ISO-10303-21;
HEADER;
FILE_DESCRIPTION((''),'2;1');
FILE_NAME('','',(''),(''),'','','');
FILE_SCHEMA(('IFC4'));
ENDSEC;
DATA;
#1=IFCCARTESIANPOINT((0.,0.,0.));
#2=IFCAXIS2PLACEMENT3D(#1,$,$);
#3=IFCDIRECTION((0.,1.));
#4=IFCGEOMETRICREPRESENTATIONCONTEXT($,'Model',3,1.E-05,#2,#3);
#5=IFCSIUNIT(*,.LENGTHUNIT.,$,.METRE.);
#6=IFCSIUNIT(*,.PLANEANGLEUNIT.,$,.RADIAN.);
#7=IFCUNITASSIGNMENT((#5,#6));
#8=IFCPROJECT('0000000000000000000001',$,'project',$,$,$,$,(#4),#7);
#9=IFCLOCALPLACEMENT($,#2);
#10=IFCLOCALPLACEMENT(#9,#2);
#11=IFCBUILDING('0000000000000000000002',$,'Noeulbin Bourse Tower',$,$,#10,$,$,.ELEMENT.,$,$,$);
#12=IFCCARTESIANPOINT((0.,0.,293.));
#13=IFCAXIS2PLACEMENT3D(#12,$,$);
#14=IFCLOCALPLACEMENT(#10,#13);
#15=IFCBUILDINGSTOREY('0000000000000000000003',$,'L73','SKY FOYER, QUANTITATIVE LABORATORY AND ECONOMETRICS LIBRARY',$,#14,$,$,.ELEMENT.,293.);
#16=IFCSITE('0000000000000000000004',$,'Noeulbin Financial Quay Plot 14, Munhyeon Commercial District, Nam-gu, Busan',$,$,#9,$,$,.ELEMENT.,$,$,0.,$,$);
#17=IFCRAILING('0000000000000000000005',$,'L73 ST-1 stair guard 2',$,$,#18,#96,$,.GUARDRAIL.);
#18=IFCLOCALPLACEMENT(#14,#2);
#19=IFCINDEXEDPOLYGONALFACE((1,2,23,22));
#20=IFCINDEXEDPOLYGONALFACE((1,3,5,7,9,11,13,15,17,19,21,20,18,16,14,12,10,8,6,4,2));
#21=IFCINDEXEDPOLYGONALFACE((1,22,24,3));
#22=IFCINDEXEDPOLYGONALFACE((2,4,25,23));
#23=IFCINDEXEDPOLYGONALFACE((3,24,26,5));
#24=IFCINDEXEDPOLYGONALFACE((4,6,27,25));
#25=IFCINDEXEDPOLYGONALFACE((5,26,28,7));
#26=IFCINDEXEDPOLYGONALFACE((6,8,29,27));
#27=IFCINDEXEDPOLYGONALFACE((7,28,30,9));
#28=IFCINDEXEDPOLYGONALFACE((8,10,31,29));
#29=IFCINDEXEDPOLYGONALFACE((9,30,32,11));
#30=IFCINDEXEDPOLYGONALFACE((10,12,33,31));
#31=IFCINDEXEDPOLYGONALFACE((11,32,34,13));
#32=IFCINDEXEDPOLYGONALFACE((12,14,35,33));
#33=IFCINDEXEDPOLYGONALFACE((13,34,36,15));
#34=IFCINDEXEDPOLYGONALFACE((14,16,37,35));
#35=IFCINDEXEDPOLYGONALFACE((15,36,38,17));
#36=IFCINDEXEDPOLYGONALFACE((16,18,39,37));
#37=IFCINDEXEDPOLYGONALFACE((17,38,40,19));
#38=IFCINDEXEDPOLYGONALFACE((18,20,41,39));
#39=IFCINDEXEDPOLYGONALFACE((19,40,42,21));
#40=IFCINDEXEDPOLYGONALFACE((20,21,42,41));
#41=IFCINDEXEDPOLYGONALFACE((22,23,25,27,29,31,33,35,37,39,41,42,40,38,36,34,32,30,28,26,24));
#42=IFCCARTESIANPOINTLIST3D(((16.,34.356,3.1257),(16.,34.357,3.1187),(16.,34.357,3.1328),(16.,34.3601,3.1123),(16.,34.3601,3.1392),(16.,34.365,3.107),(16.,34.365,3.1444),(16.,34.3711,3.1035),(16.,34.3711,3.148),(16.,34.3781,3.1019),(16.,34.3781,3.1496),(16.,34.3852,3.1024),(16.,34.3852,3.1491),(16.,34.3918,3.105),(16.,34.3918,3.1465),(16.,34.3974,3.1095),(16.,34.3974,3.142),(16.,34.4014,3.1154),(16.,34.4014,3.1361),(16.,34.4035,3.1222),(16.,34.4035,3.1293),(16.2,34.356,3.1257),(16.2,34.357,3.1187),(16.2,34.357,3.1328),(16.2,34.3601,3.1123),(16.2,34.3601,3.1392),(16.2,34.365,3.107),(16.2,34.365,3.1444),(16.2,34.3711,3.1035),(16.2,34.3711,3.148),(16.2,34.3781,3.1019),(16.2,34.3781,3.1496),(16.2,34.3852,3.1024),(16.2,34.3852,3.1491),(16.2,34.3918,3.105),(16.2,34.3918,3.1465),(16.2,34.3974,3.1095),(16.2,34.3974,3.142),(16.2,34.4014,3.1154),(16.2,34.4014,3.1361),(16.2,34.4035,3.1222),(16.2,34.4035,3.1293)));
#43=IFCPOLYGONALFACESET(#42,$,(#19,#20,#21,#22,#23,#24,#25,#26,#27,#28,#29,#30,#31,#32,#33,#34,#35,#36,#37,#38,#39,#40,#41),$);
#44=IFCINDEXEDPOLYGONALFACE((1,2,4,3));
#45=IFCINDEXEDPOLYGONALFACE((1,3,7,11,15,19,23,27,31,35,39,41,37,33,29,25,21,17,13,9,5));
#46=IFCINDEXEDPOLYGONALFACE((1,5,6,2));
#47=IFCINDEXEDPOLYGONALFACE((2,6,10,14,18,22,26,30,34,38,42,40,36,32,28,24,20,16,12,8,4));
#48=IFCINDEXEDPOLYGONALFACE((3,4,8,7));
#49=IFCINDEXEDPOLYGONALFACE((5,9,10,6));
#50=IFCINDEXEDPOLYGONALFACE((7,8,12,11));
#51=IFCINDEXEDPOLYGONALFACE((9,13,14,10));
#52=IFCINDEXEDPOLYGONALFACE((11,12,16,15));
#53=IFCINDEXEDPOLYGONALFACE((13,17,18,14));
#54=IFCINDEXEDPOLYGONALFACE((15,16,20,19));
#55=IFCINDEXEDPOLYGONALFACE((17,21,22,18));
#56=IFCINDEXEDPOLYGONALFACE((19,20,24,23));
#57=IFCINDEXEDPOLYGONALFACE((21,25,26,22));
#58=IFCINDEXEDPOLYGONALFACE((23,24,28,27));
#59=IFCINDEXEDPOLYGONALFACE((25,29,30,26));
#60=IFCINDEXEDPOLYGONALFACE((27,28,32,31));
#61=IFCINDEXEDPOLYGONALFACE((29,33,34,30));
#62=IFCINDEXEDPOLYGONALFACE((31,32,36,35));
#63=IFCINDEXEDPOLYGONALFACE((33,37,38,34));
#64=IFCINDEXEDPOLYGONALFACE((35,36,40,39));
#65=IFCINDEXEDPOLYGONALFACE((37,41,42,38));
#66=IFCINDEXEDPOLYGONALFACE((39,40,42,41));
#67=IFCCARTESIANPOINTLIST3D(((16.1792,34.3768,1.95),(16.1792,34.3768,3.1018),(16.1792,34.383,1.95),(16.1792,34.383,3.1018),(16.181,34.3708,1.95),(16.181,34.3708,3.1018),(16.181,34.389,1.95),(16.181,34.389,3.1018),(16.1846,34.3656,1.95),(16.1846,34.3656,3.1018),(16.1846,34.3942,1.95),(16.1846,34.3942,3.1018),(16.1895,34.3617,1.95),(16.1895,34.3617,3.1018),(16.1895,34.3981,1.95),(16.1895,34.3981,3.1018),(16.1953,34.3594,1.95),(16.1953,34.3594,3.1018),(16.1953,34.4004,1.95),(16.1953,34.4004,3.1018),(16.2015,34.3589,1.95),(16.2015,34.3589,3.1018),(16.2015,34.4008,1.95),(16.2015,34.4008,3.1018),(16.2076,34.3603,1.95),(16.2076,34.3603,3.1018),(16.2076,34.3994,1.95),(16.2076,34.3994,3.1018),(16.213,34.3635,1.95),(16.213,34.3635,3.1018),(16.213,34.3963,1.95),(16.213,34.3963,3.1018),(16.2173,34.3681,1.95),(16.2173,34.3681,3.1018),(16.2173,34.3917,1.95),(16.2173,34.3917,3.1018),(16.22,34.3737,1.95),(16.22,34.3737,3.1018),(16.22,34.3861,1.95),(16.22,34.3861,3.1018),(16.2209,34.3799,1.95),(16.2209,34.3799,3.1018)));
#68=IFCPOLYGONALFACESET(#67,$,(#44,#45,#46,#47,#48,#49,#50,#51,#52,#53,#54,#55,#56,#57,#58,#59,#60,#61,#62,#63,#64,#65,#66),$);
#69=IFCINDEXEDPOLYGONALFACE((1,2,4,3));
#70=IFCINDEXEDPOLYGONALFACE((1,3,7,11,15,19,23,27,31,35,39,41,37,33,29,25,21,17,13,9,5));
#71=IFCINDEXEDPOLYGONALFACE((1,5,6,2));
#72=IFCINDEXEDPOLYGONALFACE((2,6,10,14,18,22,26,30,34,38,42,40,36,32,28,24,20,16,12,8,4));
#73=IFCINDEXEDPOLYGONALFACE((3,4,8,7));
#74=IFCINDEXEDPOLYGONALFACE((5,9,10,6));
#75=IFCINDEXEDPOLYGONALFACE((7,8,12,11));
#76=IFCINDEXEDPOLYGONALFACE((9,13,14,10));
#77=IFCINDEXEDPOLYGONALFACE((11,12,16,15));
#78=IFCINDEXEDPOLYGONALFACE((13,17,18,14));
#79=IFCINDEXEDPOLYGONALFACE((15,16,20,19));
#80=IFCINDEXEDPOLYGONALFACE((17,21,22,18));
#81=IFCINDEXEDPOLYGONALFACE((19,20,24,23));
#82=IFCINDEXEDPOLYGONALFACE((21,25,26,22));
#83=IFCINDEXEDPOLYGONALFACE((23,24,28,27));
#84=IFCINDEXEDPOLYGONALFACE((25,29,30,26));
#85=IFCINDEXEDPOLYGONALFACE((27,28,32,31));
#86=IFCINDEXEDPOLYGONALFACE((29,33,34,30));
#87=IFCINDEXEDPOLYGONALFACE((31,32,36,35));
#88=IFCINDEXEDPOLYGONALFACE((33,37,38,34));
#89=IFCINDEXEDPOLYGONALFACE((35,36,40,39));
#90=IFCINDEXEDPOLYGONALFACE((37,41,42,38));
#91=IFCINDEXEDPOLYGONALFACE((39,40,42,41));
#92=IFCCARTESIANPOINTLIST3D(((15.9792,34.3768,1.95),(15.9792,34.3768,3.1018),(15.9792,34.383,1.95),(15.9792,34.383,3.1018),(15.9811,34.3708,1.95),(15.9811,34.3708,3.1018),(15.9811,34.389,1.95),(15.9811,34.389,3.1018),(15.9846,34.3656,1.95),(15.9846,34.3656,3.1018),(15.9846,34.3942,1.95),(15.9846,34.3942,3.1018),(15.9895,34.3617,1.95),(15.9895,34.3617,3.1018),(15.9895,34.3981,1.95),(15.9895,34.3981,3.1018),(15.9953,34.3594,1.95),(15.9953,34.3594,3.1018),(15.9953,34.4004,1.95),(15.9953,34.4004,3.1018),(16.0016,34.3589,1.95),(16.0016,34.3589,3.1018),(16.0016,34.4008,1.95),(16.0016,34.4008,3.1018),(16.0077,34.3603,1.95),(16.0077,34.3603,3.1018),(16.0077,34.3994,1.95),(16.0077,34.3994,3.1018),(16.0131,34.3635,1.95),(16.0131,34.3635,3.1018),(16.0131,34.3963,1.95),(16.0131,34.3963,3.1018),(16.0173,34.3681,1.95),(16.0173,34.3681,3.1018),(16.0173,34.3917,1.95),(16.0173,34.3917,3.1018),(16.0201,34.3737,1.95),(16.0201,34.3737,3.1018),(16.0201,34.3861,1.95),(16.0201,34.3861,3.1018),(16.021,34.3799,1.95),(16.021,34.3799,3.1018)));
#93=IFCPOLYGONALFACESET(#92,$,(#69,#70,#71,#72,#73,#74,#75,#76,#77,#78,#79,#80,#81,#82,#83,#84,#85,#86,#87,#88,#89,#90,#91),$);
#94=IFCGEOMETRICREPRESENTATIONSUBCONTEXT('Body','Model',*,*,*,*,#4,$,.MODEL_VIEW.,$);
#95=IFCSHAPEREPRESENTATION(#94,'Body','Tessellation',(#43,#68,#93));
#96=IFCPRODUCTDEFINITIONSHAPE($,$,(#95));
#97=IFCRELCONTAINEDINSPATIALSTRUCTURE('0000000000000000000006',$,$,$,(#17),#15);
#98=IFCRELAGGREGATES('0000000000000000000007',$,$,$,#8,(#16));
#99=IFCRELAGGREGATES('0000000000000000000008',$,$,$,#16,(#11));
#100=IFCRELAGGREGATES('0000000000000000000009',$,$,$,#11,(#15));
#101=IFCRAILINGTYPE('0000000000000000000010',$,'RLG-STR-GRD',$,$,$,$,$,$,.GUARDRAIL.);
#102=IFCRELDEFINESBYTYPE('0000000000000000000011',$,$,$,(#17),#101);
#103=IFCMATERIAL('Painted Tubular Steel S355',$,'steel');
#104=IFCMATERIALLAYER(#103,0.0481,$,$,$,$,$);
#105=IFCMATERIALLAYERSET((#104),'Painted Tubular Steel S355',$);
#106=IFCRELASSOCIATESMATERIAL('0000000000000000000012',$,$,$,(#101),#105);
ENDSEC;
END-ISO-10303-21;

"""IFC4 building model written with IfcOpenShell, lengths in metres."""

from ifc_helpers import new_model, si_unit, direction, frame, origin, origin_2d, place, context, subcontext, project, spatial, circle, extrude, material, layer, layer_set, type_object, element, save


model = new_model("IFC4")

# Units and contexts
model_context = context("Model", 3, precision=1e-05, world=origin(), true_north=direction((0.0, 1.0)))
body_context = subcontext(model_context, "Body", "Model", "MODEL_VIEW")
ifc_project = project(units=[si_unit("LENGTHUNIT", "METRE"), si_unit("PLANEANGLEUNIT", "RADIAN")], contexts=[model_context])

# Site, building, storey
site_placement = place(None, origin())
site = spatial("IfcSite", under=ifc_project, at=site_placement, Name="Noeulbin Financial Quay Plot 14, Munhyeon Commercial District, Nam-gu, Busan", CompositionType="ELEMENT", RefElevation=0.0)
building_placement = place(site_placement, origin())
building = spatial("IfcBuilding", under=site, at=building_placement, Name="Noeulbin Bourse Tower", CompositionType="ELEMENT")
storey_placement = place(building_placement, frame((0.0, 0.0, 293.0)))
storey = spatial("IfcBuildingStorey", under=building, at=storey_placement, Name="L73", Description="SKY FOYER, QUANTITATIVE LABORATORY AND ECONOMETRICS LIBRARY", CompositionType="ELEMENT", Elevation=293.0)

# Railing
ifc_material_1 = material(Name="Painted Tubular Steel S355", Category="steel")
ifc_layer_1 = layer(ifc_material_1, 0.0481)
ifc_layer_set_1 = layer_set([ifc_layer_1], Name="Painted Tubular Steel S355")
railing_type_1 = type_object("IfcRailingType", Name="RLG-STR-GRD", PredefinedType="GUARDRAIL", material=ifc_layer_set_1)
railing_1_placement = place(storey_placement, frame((16.2, 34.3799, 1.95)))
element("IfcRailing", 1, at=railing_1_placement, inside=storey, type_object=railing_type_1, Name="L73 ST-1 stair guard 2", PredefinedType="GUARDRAIL", context=body_context, shape_type="SweptSolid", body=[
    extrude(circle(Radius=0.0239, at=origin_2d()), frame((0.0, 0.0, 1.1758), z_axis=(-1.0, 0.0, 0.0), x_axis=(0.0, -1.0, 0.0)), (0.0, 0.0, 1.0), 0.2),
    extrude(circle(Radius=0.021, at=origin_2d()), origin(), (0.0, 0.0, 1.0), 1.1519),
    extrude(circle(Radius=0.021, at=origin_2d()), frame((-0.2, 0.0, 0.0)), (0.0, 0.0, 1.0), 1.1519),
])

save(model, "model.ifc")
